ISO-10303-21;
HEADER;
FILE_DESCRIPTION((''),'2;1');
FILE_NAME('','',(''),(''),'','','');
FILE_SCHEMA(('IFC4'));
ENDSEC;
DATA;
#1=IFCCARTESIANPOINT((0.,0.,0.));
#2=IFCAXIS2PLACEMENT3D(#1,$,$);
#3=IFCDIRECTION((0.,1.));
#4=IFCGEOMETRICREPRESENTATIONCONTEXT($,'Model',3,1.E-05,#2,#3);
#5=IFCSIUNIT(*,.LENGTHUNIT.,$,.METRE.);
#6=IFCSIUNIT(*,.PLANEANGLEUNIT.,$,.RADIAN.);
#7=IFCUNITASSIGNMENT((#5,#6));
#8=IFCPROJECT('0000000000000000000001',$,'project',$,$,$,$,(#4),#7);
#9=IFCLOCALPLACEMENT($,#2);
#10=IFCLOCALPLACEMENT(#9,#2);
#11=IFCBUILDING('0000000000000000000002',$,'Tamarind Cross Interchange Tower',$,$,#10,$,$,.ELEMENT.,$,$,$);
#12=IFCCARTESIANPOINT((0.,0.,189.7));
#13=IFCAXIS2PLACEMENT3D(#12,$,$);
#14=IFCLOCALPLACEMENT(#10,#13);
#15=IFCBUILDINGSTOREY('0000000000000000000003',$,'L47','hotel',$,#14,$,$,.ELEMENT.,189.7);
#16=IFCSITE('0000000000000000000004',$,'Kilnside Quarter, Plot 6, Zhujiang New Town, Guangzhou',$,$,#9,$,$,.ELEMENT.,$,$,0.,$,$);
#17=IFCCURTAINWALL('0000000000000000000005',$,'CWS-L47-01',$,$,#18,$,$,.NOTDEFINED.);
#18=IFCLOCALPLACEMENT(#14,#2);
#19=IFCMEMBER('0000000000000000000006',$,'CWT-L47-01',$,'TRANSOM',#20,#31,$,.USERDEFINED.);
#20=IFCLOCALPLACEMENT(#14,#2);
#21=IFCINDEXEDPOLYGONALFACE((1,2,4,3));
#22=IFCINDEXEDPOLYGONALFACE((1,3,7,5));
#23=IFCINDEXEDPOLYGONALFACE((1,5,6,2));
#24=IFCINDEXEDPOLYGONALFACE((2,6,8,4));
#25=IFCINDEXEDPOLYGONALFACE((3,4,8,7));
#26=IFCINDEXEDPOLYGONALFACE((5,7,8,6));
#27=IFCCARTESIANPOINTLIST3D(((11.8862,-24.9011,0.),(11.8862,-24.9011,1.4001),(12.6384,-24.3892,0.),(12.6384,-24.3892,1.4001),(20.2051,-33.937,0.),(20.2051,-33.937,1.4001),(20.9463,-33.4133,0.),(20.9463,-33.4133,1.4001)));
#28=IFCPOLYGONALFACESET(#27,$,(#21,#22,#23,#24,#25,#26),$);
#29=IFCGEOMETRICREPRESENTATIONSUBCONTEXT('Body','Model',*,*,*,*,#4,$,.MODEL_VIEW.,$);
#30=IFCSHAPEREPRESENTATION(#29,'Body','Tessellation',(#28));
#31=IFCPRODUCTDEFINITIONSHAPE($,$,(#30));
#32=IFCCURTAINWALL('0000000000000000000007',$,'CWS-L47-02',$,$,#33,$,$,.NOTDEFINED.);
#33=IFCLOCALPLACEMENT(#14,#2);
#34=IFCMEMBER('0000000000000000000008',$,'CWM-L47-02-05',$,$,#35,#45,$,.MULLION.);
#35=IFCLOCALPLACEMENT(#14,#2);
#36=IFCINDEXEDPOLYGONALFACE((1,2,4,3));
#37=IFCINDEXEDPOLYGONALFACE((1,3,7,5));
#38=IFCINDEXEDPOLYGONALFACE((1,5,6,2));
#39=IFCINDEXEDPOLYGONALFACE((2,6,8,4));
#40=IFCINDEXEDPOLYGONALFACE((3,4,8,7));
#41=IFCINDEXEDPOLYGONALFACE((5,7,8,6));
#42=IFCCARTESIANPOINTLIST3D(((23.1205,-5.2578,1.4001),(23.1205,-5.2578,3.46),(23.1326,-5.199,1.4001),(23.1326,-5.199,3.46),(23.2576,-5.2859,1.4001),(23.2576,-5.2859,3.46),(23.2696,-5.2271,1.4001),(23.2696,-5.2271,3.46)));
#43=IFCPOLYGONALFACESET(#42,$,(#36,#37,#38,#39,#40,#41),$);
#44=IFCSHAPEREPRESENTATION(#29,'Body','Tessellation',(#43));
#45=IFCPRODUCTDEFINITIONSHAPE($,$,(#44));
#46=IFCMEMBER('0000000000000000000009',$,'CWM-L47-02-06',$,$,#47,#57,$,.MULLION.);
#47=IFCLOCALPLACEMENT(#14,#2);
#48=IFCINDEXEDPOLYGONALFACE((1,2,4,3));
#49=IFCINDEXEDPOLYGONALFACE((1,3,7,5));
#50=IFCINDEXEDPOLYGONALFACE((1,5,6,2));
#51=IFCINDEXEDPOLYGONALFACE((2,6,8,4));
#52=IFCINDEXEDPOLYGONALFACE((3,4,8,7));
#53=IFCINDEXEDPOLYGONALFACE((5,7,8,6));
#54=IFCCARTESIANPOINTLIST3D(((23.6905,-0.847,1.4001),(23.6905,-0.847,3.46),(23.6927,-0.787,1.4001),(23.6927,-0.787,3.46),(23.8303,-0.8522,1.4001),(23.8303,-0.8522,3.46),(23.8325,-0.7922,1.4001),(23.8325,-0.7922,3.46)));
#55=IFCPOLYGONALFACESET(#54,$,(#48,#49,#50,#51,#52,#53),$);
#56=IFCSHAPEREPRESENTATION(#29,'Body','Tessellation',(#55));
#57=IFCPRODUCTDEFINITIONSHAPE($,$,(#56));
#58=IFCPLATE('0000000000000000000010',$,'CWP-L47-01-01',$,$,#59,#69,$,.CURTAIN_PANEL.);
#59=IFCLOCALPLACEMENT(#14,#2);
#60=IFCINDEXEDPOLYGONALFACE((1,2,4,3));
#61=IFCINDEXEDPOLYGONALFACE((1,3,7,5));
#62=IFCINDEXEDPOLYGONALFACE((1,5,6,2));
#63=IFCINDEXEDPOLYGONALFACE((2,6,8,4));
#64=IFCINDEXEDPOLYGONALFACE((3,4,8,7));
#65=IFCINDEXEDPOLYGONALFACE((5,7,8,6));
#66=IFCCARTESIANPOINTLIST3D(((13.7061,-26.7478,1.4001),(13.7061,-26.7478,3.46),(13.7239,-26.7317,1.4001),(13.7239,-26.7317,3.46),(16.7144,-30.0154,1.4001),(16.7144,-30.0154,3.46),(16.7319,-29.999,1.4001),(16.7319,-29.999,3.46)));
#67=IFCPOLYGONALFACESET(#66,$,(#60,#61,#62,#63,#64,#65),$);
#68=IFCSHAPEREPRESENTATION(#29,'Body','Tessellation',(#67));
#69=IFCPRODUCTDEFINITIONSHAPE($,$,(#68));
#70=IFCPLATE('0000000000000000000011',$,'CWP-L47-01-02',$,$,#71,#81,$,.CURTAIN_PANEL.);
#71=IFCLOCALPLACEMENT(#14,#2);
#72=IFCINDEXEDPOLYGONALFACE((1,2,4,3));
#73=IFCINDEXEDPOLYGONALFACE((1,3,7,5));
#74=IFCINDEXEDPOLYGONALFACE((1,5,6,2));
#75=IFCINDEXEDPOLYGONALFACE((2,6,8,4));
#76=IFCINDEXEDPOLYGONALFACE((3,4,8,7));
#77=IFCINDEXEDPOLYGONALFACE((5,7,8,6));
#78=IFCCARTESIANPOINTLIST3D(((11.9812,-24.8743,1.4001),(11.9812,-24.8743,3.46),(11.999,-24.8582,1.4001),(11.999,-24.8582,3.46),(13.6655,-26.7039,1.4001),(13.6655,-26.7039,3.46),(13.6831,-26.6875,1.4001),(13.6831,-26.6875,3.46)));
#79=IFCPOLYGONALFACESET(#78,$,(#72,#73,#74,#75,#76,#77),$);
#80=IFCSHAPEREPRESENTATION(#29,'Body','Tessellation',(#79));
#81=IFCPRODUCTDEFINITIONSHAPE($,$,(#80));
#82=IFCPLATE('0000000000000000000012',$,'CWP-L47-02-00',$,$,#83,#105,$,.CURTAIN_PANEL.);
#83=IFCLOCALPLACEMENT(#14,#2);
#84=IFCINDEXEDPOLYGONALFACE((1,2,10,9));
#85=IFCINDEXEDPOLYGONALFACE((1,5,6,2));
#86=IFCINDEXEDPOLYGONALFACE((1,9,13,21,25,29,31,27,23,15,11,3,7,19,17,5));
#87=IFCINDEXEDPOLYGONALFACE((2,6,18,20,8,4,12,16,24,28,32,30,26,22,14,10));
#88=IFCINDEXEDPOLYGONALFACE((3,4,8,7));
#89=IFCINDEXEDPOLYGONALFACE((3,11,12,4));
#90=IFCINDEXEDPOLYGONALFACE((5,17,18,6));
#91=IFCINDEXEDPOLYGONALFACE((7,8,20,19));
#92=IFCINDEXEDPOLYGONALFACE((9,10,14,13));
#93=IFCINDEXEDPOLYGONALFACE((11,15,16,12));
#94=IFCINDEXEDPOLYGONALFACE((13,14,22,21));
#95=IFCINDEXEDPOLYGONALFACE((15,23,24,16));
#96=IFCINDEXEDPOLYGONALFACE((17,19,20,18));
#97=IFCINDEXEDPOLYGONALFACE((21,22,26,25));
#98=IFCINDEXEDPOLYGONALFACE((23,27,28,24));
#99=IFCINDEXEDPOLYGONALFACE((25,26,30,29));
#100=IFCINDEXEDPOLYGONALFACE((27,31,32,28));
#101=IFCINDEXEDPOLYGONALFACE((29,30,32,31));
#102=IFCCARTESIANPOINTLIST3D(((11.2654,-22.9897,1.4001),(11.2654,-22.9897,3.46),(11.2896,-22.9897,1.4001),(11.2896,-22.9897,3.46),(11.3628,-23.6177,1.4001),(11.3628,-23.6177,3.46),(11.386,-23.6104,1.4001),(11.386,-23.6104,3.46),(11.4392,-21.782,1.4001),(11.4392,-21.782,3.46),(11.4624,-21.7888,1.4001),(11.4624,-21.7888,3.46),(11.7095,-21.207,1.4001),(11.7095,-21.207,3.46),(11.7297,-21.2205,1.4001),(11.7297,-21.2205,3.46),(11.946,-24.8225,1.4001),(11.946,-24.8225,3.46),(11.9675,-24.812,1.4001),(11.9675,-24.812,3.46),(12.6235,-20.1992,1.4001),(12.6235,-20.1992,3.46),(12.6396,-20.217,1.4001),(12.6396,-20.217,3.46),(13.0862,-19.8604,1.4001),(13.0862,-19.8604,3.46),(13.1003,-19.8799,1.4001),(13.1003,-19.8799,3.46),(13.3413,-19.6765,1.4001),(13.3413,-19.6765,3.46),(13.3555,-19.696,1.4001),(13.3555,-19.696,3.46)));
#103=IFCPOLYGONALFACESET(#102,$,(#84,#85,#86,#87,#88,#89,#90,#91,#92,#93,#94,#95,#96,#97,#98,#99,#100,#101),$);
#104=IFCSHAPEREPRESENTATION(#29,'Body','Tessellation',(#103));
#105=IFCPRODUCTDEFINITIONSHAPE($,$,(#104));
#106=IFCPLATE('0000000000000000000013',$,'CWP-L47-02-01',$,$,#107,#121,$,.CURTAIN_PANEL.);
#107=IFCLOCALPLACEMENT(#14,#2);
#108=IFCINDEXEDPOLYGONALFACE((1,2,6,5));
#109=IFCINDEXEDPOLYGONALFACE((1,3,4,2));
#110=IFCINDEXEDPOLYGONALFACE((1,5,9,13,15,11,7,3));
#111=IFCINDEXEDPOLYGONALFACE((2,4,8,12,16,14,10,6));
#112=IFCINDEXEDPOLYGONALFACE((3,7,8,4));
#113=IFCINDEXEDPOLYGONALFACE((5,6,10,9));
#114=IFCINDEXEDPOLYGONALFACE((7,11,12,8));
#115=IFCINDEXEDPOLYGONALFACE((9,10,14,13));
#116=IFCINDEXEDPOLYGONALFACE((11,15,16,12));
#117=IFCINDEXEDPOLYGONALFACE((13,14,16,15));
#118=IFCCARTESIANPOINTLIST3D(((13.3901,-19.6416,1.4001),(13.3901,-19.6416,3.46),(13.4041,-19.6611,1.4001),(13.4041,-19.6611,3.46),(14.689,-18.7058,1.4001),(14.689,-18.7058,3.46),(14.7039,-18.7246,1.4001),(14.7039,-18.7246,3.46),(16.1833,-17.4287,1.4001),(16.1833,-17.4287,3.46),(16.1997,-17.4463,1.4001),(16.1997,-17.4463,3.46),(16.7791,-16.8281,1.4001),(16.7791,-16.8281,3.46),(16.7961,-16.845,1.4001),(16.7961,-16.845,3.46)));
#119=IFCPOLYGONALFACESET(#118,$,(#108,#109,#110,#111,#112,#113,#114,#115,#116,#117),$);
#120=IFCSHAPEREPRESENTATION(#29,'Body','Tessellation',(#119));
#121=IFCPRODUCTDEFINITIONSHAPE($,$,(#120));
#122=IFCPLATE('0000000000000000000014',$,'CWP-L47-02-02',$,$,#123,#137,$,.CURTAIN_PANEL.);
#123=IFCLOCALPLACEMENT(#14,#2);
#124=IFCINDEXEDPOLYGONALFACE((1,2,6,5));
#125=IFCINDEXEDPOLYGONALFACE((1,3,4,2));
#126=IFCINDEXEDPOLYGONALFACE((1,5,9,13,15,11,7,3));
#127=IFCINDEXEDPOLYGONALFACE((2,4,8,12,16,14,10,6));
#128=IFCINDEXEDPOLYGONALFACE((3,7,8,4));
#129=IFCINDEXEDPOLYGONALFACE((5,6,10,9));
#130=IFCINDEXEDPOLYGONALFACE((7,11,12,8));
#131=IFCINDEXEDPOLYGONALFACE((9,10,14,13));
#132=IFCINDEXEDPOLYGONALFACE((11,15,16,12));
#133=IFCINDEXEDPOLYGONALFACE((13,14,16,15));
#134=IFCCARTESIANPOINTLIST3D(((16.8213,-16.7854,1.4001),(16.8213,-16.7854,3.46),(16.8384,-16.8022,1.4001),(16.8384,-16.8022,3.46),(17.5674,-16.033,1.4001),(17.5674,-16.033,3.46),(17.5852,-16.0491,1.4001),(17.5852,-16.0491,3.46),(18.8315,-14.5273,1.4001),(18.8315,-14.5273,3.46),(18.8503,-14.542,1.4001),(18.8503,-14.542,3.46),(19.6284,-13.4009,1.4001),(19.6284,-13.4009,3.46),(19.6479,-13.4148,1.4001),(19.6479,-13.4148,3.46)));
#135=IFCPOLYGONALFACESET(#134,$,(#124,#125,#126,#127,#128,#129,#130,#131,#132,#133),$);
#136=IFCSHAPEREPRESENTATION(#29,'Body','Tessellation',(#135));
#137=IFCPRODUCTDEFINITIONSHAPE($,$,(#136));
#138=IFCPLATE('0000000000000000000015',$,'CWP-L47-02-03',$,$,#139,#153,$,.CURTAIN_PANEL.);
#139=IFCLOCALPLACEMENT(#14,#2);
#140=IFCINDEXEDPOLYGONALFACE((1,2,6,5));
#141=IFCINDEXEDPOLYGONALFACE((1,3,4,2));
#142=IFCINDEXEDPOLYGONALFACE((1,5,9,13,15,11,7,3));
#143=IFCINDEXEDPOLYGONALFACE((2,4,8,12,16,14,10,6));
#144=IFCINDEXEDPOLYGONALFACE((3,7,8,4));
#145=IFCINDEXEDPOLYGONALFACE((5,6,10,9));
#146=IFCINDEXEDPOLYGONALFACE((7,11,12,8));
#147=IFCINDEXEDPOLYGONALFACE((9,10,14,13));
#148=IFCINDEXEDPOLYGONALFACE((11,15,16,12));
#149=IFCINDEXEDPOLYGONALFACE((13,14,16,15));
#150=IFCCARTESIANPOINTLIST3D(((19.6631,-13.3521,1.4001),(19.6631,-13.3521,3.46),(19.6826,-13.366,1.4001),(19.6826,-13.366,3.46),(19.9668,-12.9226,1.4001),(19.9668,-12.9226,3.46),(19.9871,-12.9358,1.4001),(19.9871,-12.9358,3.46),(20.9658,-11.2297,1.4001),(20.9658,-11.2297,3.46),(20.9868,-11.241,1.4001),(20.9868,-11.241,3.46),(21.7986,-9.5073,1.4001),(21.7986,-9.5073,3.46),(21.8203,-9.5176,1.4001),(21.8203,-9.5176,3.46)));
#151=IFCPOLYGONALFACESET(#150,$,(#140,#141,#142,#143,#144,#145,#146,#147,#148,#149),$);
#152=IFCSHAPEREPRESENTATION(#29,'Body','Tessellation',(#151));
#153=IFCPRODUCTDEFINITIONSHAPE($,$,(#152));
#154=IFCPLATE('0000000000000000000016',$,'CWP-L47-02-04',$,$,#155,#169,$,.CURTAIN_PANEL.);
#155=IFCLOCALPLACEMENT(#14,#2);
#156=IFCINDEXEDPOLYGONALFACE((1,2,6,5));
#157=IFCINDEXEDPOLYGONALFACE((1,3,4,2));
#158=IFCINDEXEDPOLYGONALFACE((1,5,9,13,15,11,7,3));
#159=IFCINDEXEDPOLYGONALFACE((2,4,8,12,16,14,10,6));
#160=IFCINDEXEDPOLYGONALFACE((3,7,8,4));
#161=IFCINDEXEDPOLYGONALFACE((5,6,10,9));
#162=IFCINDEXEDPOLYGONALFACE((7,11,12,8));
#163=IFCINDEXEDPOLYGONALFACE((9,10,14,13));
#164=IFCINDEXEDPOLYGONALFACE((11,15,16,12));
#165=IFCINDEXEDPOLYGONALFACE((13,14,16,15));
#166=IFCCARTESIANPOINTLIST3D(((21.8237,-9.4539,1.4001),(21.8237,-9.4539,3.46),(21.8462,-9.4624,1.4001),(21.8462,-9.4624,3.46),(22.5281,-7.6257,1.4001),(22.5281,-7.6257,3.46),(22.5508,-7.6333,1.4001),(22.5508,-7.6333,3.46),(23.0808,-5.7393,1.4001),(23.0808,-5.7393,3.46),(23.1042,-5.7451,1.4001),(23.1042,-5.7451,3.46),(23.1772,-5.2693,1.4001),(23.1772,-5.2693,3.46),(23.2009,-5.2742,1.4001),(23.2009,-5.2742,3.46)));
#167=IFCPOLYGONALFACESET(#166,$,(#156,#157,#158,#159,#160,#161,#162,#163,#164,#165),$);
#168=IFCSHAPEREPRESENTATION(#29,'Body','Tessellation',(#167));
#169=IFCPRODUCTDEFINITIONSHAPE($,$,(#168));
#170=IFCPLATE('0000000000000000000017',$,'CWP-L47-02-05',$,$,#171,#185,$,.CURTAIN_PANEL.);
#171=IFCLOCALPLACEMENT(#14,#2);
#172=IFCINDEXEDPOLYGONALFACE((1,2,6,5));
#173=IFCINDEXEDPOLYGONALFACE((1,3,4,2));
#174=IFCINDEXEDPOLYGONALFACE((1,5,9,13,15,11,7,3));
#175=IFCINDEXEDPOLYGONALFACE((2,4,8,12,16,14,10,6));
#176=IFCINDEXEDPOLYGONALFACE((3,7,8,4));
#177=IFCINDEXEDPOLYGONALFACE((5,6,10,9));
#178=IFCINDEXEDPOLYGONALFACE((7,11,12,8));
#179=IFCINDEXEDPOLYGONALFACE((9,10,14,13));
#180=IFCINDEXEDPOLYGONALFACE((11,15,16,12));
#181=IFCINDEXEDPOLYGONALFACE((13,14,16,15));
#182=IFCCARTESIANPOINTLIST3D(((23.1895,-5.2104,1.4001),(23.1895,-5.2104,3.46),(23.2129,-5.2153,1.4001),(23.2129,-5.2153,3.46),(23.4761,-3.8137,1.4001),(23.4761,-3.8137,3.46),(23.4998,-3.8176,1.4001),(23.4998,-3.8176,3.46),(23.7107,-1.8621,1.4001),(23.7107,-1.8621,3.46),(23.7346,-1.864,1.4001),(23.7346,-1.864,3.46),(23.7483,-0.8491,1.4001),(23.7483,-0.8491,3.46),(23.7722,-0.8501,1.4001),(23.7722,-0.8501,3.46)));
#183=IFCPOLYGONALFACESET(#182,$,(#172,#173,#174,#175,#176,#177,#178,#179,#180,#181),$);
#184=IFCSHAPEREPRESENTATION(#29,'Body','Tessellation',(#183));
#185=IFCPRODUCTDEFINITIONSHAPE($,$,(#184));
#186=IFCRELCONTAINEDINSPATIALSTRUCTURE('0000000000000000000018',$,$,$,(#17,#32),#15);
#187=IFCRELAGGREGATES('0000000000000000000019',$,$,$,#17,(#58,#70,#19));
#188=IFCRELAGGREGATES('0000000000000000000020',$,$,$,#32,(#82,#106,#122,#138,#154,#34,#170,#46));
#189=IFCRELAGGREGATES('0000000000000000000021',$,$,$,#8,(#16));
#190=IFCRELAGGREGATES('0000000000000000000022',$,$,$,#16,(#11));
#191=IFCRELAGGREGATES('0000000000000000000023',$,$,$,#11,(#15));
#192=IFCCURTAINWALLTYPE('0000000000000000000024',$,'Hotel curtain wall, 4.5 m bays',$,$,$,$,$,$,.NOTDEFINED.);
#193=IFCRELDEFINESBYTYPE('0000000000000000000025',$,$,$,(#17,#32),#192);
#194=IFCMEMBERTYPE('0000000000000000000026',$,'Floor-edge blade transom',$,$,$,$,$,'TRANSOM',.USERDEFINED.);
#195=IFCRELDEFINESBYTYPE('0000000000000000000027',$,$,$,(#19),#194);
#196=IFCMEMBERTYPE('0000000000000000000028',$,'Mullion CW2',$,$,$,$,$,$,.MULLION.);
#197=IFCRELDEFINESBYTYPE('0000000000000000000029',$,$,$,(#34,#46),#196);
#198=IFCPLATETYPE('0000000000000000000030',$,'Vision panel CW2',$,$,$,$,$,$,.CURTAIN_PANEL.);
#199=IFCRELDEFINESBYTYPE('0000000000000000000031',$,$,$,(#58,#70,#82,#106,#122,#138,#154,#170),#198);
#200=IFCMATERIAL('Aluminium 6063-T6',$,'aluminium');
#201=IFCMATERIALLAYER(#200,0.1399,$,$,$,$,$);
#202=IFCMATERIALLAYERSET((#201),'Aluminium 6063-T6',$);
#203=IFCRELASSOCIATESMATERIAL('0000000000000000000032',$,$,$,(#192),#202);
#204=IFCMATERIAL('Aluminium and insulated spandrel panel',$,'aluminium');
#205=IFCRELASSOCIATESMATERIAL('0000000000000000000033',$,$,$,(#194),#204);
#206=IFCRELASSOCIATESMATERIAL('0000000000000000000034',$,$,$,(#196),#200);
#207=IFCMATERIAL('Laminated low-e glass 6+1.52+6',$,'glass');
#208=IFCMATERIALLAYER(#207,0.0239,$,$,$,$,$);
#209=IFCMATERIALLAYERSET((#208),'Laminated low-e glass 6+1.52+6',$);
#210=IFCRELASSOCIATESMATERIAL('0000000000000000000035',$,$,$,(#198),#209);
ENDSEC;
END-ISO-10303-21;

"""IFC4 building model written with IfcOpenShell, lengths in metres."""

from ifc_helpers import new_model, si_unit, direction, frame, origin, origin_2d, place, context, subcontext, project, spatial, polyline, rectangle, outline, extrude, material, layer, layer_set, material_profile, profile_set, type_object, element, aggregate, save


model = new_model("IFC4")

# Units and contexts
model_context = context("Model", 3, precision=1e-05, world=origin(), true_north=direction((0.0, 1.0)))
body_context = subcontext(model_context, "Body", "Model", "MODEL_VIEW")
ifc_project = project(units=[si_unit("LENGTHUNIT", "METRE"), si_unit("PLANEANGLEUNIT", "RADIAN")], contexts=[model_context])

# Site, building, storey
site_placement = place(None, origin())
site = spatial("IfcSite", under=ifc_project, at=site_placement, Name="Kilnside Quarter, Plot 6, Zhujiang New Town, Guangzhou", CompositionType="ELEMENT", RefElevation=0.0)
building_placement = place(site_placement, origin())
building = spatial("IfcBuilding", under=site, at=building_placement, Name="Tamarind Cross Interchange Tower", CompositionType="ELEMENT")
storey_placement = place(building_placement, frame((0.0, 0.0, 189.7)))
storey = spatial("IfcBuildingStorey", under=building, at=storey_placement, Name="L47", Description="hotel", CompositionType="ELEMENT", Elevation=189.7)

# Curtain wall, member
ifc_material_1 = material(Name="Aluminium 6063-T6", Category="aluminium")
ifc_layer_1 = layer(ifc_material_1, 0.1399)
ifc_layer_set_1 = layer_set([ifc_layer_1], Name="Aluminium 6063-T6")
curtain_wall_type = type_object("IfcCurtainWallType", Name="Hotel curtain wall, 4.5 m bays", PredefinedType="NOTDEFINED", material=ifc_layer_set_1)
curtain_wall_1_placement = place(storey_placement, origin())
curtain_wall_1 = element("IfcCurtainWall", 1, at=curtain_wall_1_placement, inside=storey, type_object=curtain_wall_type, Name="CWS-L47-01", PredefinedType="NOTDEFINED")
ifc_material_2 = material(Name="Aluminium and insulated spandrel panel", Category="aluminium")
member_type_1 = type_object("IfcMemberType", Name="Floor-edge blade transom", ElementType="TRANSOM", PredefinedType="USERDEFINED", material=ifc_material_2)
member_1_placement = place(storey_placement, origin())
member_1 = element("IfcMember", 2, at=member_1_placement, type_object=member_type_1, Name="CWT-L47-01", ObjectType="TRANSOM", PredefinedType="USERDEFINED", context=body_context, shape_type="SweptSolid", body=[
    extrude(outline(polyline([(20.2051, -33.937), (11.8862, -24.9011), (12.6384, -24.3892), (20.9463, -33.4133), (20.2051, -33.937)])), origin(), (0.0, 0.0, 1.0), 1.4001),
])

# Curtain wall, members
curtain_wall_2_placement = place(storey_placement, origin())
curtain_wall_2 = element("IfcCurtainWall", 3, at=curtain_wall_2_placement, inside=storey, type_object=curtain_wall_type, Name="CWS-L47-02", PredefinedType="NOTDEFINED")
ifc_material_profile_1 = material_profile(ifc_material_1, rectangle(XDim=0.0601, YDim=0.1399, at=origin_2d()), Name="Mullion CW2")
ifc_profile_set_1 = profile_set([ifc_material_profile_1], Name="Aluminium 6063-T6")
member_type_2 = type_object("IfcMemberType", Name="Mullion CW2", PredefinedType="MULLION", material=ifc_profile_set_1)
member_2_placement = place(storey_placement, frame((23.1951, -5.2424, 1.4001), z_axis=(0.0, 0.0, 1.0), x_axis=(0.201001, 0.979591, 0.0)))
member_2 = element("IfcMember", 4, at=member_2_placement, type_object=member_type_2, Name="CWM-L47-02-05", PredefinedType="MULLION", context=body_context, shape_type="SweptSolid", body=[
    extrude(rectangle(XDim=0.0601, YDim=0.1399, at=origin_2d()), origin(), (0.0, 0.0, 1.0), 2.0598),
])
member_3_placement = place(storey_placement, frame((23.7615, -0.8196, 1.4001), z_axis=(0.0, 0.0, 1.0), x_axis=(0.037025, 0.999314, 0.0)))
member_3 = element("IfcMember", 5, at=member_3_placement, type_object=member_type_2, Name="CWM-L47-02-06", PredefinedType="MULLION", context=body_context, shape_type="SweptSolid", body=[
    extrude(rectangle(XDim=0.0601, YDim=0.1399, at=origin_2d()), origin(), (0.0, 0.0, 1.0), 2.0598),
])

# Plates
ifc_material_3 = material(Name="Laminated low-e glass 6+1.52+6", Category="glass")
ifc_layer_2 = layer(ifc_material_3, 0.0239)
ifc_layer_set_2 = layer_set([ifc_layer_2], Name="Laminated low-e glass 6+1.52+6")
plate_type = type_object("IfcPlateType", Name="Vision panel CW2", PredefinedType="CURTAIN_PANEL", material=ifc_layer_set_2)
plate_1_placement = place(storey_placement, frame((0.0, 0.0, 1.4001)))
plate_1 = element("IfcPlate", 6, at=plate_1_placement, type_object=plate_type, Name="CWP-L47-01-01", PredefinedType="CURTAIN_PANEL", context=body_context, shape_type="SweptSolid", body=[
    extrude(outline(polyline([(16.7144, -30.0154), (13.7061, -26.7478), (13.7239, -26.7317), (16.7319, -29.999), (16.7144, -30.0154)])), origin(), (0.0, 0.0, 1.0), 2.0598),
])
plate_2_placement = place(storey_placement, frame((0.0, 0.0, 1.4001)))
plate_2 = element("IfcPlate", 7, at=plate_2_placement, type_object=plate_type, Name="CWP-L47-01-02", PredefinedType="CURTAIN_PANEL", context=body_context, shape_type="SweptSolid", body=[
    extrude(outline(polyline([(13.6655, -26.7039), (11.9812, -24.8743), (11.999, -24.8582), (13.6831, -26.6875), (13.6655, -26.7039)])), origin(), (0.0, 0.0, 1.0), 2.0598),
])
aggregate(curtain_wall_1, [plate_1, plate_2, member_1])
plate_3_placement = place(storey_placement, frame((0.0, 0.0, 1.4001)))
plate_3 = element("IfcPlate", 8, at=plate_3_placement, type_object=plate_type, Name="CWP-L47-02-00", PredefinedType="CURTAIN_PANEL", context=body_context, shape_type="SweptSolid", body=[
    extrude(outline(polyline([(11.946, -24.8225), (11.3628, -23.6177), (11.2654, -22.9897), (11.4392, -21.782), (11.7095, -21.207), (12.6235, -20.1992), (13.0862, -19.8604), (13.3413, -19.6765), (13.3555, -19.696), (13.1003, -19.8799), (12.6396, -20.217), (11.7297, -21.2205), (11.4624, -21.7888), (11.2896, -22.9897), (11.386, -23.6104), (11.9675, -24.812), (11.946, -24.8225)])), origin(), (0.0, 0.0, 1.0), 2.0598),
])
plate_4_placement = place(storey_placement, frame((0.0, 0.0, 1.4001)))
plate_4 = element("IfcPlate", 9, at=plate_4_placement, type_object=plate_type, Name="CWP-L47-02-01", PredefinedType="CURTAIN_PANEL", context=body_context, shape_type="SweptSolid", body=[
    extrude(outline(polyline([(13.3901, -19.6416), (14.689, -18.7058), (16.1833, -17.4287), (16.7791, -16.8281), (16.7961, -16.845), (16.1997, -17.4463), (14.7039, -18.7246), (13.4041, -19.6611), (13.3901, -19.6416)])), origin(), (0.0, 0.0, 1.0), 2.0598),
])
plate_5_placement = place(storey_placement, frame((0.0, 0.0, 1.4001)))
plate_5 = element("IfcPlate", 10, at=plate_5_placement, type_object=plate_type, Name="CWP-L47-02-02", PredefinedType="CURTAIN_PANEL", context=body_context, shape_type="SweptSolid", body=[
    extrude(outline(polyline([(16.8213, -16.7854), (17.5674, -16.033), (18.8315, -14.5273), (19.6284, -13.4009), (19.6479, -13.4148), (18.8503, -14.542), (17.5852, -16.0491), (16.8384, -16.8022), (16.8213, -16.7854)])), origin(), (0.0, 0.0, 1.0), 2.0598),
])
plate_6_placement = place(storey_placement, frame((0.0, 0.0, 1.4001)))
plate_6 = element("IfcPlate", 11, at=plate_6_placement, type_object=plate_type, Name="CWP-L47-02-03", PredefinedType="CURTAIN_PANEL", context=body_context, shape_type="SweptSolid", body=[
    extrude(outline(polyline([(19.6631, -13.3521), (19.9668, -12.9226), (20.9658, -11.2297), (21.7986, -9.5073), (21.8203, -9.5176), (20.9868, -11.241), (19.9871, -12.9358), (19.6826, -13.366), (19.6631, -13.3521)])), origin(), (0.0, 0.0, 1.0), 2.0598),
])
plate_7_placement = place(storey_placement, frame((0.0, 0.0, 1.4001)))
plate_7 = element("IfcPlate", 12, at=plate_7_placement, type_object=plate_type, Name="CWP-L47-02-04", PredefinedType="CURTAIN_PANEL", context=body_context, shape_type="SweptSolid", body=[
    extrude(outline(polyline([(21.8237, -9.4539), (22.5281, -7.6257), (23.0808, -5.7393), (23.1772, -5.2693), (23.2009, -5.2742), (23.1042, -5.7451), (22.5508, -7.6333), (21.8462, -9.4624), (21.8237, -9.4539)])), origin(), (0.0, 0.0, 1.0), 2.0598),
])
plate_8_placement = place(storey_placement, frame((0.0, 0.0, 1.4001)))
plate_8 = element("IfcPlate", 13, at=plate_8_placement, type_object=plate_type, Name="CWP-L47-02-05", PredefinedType="CURTAIN_PANEL", context=body_context, shape_type="SweptSolid", body=[
    extrude(outline(polyline([(23.1895, -5.2104), (23.4761, -3.8137), (23.7107, -1.8621), (23.7483, -0.8491), (23.7722, -0.8501), (23.7346, -1.864), (23.4998, -3.8176), (23.2129, -5.2153), (23.1895, -5.2104)])), origin(), (0.0, 0.0, 1.0), 2.0598),
])
aggregate(curtain_wall_2, [plate_3, plate_4, plate_5, plate_6, plate_7, member_2, plate_8, member_3])

save(model, "model.ifc")
